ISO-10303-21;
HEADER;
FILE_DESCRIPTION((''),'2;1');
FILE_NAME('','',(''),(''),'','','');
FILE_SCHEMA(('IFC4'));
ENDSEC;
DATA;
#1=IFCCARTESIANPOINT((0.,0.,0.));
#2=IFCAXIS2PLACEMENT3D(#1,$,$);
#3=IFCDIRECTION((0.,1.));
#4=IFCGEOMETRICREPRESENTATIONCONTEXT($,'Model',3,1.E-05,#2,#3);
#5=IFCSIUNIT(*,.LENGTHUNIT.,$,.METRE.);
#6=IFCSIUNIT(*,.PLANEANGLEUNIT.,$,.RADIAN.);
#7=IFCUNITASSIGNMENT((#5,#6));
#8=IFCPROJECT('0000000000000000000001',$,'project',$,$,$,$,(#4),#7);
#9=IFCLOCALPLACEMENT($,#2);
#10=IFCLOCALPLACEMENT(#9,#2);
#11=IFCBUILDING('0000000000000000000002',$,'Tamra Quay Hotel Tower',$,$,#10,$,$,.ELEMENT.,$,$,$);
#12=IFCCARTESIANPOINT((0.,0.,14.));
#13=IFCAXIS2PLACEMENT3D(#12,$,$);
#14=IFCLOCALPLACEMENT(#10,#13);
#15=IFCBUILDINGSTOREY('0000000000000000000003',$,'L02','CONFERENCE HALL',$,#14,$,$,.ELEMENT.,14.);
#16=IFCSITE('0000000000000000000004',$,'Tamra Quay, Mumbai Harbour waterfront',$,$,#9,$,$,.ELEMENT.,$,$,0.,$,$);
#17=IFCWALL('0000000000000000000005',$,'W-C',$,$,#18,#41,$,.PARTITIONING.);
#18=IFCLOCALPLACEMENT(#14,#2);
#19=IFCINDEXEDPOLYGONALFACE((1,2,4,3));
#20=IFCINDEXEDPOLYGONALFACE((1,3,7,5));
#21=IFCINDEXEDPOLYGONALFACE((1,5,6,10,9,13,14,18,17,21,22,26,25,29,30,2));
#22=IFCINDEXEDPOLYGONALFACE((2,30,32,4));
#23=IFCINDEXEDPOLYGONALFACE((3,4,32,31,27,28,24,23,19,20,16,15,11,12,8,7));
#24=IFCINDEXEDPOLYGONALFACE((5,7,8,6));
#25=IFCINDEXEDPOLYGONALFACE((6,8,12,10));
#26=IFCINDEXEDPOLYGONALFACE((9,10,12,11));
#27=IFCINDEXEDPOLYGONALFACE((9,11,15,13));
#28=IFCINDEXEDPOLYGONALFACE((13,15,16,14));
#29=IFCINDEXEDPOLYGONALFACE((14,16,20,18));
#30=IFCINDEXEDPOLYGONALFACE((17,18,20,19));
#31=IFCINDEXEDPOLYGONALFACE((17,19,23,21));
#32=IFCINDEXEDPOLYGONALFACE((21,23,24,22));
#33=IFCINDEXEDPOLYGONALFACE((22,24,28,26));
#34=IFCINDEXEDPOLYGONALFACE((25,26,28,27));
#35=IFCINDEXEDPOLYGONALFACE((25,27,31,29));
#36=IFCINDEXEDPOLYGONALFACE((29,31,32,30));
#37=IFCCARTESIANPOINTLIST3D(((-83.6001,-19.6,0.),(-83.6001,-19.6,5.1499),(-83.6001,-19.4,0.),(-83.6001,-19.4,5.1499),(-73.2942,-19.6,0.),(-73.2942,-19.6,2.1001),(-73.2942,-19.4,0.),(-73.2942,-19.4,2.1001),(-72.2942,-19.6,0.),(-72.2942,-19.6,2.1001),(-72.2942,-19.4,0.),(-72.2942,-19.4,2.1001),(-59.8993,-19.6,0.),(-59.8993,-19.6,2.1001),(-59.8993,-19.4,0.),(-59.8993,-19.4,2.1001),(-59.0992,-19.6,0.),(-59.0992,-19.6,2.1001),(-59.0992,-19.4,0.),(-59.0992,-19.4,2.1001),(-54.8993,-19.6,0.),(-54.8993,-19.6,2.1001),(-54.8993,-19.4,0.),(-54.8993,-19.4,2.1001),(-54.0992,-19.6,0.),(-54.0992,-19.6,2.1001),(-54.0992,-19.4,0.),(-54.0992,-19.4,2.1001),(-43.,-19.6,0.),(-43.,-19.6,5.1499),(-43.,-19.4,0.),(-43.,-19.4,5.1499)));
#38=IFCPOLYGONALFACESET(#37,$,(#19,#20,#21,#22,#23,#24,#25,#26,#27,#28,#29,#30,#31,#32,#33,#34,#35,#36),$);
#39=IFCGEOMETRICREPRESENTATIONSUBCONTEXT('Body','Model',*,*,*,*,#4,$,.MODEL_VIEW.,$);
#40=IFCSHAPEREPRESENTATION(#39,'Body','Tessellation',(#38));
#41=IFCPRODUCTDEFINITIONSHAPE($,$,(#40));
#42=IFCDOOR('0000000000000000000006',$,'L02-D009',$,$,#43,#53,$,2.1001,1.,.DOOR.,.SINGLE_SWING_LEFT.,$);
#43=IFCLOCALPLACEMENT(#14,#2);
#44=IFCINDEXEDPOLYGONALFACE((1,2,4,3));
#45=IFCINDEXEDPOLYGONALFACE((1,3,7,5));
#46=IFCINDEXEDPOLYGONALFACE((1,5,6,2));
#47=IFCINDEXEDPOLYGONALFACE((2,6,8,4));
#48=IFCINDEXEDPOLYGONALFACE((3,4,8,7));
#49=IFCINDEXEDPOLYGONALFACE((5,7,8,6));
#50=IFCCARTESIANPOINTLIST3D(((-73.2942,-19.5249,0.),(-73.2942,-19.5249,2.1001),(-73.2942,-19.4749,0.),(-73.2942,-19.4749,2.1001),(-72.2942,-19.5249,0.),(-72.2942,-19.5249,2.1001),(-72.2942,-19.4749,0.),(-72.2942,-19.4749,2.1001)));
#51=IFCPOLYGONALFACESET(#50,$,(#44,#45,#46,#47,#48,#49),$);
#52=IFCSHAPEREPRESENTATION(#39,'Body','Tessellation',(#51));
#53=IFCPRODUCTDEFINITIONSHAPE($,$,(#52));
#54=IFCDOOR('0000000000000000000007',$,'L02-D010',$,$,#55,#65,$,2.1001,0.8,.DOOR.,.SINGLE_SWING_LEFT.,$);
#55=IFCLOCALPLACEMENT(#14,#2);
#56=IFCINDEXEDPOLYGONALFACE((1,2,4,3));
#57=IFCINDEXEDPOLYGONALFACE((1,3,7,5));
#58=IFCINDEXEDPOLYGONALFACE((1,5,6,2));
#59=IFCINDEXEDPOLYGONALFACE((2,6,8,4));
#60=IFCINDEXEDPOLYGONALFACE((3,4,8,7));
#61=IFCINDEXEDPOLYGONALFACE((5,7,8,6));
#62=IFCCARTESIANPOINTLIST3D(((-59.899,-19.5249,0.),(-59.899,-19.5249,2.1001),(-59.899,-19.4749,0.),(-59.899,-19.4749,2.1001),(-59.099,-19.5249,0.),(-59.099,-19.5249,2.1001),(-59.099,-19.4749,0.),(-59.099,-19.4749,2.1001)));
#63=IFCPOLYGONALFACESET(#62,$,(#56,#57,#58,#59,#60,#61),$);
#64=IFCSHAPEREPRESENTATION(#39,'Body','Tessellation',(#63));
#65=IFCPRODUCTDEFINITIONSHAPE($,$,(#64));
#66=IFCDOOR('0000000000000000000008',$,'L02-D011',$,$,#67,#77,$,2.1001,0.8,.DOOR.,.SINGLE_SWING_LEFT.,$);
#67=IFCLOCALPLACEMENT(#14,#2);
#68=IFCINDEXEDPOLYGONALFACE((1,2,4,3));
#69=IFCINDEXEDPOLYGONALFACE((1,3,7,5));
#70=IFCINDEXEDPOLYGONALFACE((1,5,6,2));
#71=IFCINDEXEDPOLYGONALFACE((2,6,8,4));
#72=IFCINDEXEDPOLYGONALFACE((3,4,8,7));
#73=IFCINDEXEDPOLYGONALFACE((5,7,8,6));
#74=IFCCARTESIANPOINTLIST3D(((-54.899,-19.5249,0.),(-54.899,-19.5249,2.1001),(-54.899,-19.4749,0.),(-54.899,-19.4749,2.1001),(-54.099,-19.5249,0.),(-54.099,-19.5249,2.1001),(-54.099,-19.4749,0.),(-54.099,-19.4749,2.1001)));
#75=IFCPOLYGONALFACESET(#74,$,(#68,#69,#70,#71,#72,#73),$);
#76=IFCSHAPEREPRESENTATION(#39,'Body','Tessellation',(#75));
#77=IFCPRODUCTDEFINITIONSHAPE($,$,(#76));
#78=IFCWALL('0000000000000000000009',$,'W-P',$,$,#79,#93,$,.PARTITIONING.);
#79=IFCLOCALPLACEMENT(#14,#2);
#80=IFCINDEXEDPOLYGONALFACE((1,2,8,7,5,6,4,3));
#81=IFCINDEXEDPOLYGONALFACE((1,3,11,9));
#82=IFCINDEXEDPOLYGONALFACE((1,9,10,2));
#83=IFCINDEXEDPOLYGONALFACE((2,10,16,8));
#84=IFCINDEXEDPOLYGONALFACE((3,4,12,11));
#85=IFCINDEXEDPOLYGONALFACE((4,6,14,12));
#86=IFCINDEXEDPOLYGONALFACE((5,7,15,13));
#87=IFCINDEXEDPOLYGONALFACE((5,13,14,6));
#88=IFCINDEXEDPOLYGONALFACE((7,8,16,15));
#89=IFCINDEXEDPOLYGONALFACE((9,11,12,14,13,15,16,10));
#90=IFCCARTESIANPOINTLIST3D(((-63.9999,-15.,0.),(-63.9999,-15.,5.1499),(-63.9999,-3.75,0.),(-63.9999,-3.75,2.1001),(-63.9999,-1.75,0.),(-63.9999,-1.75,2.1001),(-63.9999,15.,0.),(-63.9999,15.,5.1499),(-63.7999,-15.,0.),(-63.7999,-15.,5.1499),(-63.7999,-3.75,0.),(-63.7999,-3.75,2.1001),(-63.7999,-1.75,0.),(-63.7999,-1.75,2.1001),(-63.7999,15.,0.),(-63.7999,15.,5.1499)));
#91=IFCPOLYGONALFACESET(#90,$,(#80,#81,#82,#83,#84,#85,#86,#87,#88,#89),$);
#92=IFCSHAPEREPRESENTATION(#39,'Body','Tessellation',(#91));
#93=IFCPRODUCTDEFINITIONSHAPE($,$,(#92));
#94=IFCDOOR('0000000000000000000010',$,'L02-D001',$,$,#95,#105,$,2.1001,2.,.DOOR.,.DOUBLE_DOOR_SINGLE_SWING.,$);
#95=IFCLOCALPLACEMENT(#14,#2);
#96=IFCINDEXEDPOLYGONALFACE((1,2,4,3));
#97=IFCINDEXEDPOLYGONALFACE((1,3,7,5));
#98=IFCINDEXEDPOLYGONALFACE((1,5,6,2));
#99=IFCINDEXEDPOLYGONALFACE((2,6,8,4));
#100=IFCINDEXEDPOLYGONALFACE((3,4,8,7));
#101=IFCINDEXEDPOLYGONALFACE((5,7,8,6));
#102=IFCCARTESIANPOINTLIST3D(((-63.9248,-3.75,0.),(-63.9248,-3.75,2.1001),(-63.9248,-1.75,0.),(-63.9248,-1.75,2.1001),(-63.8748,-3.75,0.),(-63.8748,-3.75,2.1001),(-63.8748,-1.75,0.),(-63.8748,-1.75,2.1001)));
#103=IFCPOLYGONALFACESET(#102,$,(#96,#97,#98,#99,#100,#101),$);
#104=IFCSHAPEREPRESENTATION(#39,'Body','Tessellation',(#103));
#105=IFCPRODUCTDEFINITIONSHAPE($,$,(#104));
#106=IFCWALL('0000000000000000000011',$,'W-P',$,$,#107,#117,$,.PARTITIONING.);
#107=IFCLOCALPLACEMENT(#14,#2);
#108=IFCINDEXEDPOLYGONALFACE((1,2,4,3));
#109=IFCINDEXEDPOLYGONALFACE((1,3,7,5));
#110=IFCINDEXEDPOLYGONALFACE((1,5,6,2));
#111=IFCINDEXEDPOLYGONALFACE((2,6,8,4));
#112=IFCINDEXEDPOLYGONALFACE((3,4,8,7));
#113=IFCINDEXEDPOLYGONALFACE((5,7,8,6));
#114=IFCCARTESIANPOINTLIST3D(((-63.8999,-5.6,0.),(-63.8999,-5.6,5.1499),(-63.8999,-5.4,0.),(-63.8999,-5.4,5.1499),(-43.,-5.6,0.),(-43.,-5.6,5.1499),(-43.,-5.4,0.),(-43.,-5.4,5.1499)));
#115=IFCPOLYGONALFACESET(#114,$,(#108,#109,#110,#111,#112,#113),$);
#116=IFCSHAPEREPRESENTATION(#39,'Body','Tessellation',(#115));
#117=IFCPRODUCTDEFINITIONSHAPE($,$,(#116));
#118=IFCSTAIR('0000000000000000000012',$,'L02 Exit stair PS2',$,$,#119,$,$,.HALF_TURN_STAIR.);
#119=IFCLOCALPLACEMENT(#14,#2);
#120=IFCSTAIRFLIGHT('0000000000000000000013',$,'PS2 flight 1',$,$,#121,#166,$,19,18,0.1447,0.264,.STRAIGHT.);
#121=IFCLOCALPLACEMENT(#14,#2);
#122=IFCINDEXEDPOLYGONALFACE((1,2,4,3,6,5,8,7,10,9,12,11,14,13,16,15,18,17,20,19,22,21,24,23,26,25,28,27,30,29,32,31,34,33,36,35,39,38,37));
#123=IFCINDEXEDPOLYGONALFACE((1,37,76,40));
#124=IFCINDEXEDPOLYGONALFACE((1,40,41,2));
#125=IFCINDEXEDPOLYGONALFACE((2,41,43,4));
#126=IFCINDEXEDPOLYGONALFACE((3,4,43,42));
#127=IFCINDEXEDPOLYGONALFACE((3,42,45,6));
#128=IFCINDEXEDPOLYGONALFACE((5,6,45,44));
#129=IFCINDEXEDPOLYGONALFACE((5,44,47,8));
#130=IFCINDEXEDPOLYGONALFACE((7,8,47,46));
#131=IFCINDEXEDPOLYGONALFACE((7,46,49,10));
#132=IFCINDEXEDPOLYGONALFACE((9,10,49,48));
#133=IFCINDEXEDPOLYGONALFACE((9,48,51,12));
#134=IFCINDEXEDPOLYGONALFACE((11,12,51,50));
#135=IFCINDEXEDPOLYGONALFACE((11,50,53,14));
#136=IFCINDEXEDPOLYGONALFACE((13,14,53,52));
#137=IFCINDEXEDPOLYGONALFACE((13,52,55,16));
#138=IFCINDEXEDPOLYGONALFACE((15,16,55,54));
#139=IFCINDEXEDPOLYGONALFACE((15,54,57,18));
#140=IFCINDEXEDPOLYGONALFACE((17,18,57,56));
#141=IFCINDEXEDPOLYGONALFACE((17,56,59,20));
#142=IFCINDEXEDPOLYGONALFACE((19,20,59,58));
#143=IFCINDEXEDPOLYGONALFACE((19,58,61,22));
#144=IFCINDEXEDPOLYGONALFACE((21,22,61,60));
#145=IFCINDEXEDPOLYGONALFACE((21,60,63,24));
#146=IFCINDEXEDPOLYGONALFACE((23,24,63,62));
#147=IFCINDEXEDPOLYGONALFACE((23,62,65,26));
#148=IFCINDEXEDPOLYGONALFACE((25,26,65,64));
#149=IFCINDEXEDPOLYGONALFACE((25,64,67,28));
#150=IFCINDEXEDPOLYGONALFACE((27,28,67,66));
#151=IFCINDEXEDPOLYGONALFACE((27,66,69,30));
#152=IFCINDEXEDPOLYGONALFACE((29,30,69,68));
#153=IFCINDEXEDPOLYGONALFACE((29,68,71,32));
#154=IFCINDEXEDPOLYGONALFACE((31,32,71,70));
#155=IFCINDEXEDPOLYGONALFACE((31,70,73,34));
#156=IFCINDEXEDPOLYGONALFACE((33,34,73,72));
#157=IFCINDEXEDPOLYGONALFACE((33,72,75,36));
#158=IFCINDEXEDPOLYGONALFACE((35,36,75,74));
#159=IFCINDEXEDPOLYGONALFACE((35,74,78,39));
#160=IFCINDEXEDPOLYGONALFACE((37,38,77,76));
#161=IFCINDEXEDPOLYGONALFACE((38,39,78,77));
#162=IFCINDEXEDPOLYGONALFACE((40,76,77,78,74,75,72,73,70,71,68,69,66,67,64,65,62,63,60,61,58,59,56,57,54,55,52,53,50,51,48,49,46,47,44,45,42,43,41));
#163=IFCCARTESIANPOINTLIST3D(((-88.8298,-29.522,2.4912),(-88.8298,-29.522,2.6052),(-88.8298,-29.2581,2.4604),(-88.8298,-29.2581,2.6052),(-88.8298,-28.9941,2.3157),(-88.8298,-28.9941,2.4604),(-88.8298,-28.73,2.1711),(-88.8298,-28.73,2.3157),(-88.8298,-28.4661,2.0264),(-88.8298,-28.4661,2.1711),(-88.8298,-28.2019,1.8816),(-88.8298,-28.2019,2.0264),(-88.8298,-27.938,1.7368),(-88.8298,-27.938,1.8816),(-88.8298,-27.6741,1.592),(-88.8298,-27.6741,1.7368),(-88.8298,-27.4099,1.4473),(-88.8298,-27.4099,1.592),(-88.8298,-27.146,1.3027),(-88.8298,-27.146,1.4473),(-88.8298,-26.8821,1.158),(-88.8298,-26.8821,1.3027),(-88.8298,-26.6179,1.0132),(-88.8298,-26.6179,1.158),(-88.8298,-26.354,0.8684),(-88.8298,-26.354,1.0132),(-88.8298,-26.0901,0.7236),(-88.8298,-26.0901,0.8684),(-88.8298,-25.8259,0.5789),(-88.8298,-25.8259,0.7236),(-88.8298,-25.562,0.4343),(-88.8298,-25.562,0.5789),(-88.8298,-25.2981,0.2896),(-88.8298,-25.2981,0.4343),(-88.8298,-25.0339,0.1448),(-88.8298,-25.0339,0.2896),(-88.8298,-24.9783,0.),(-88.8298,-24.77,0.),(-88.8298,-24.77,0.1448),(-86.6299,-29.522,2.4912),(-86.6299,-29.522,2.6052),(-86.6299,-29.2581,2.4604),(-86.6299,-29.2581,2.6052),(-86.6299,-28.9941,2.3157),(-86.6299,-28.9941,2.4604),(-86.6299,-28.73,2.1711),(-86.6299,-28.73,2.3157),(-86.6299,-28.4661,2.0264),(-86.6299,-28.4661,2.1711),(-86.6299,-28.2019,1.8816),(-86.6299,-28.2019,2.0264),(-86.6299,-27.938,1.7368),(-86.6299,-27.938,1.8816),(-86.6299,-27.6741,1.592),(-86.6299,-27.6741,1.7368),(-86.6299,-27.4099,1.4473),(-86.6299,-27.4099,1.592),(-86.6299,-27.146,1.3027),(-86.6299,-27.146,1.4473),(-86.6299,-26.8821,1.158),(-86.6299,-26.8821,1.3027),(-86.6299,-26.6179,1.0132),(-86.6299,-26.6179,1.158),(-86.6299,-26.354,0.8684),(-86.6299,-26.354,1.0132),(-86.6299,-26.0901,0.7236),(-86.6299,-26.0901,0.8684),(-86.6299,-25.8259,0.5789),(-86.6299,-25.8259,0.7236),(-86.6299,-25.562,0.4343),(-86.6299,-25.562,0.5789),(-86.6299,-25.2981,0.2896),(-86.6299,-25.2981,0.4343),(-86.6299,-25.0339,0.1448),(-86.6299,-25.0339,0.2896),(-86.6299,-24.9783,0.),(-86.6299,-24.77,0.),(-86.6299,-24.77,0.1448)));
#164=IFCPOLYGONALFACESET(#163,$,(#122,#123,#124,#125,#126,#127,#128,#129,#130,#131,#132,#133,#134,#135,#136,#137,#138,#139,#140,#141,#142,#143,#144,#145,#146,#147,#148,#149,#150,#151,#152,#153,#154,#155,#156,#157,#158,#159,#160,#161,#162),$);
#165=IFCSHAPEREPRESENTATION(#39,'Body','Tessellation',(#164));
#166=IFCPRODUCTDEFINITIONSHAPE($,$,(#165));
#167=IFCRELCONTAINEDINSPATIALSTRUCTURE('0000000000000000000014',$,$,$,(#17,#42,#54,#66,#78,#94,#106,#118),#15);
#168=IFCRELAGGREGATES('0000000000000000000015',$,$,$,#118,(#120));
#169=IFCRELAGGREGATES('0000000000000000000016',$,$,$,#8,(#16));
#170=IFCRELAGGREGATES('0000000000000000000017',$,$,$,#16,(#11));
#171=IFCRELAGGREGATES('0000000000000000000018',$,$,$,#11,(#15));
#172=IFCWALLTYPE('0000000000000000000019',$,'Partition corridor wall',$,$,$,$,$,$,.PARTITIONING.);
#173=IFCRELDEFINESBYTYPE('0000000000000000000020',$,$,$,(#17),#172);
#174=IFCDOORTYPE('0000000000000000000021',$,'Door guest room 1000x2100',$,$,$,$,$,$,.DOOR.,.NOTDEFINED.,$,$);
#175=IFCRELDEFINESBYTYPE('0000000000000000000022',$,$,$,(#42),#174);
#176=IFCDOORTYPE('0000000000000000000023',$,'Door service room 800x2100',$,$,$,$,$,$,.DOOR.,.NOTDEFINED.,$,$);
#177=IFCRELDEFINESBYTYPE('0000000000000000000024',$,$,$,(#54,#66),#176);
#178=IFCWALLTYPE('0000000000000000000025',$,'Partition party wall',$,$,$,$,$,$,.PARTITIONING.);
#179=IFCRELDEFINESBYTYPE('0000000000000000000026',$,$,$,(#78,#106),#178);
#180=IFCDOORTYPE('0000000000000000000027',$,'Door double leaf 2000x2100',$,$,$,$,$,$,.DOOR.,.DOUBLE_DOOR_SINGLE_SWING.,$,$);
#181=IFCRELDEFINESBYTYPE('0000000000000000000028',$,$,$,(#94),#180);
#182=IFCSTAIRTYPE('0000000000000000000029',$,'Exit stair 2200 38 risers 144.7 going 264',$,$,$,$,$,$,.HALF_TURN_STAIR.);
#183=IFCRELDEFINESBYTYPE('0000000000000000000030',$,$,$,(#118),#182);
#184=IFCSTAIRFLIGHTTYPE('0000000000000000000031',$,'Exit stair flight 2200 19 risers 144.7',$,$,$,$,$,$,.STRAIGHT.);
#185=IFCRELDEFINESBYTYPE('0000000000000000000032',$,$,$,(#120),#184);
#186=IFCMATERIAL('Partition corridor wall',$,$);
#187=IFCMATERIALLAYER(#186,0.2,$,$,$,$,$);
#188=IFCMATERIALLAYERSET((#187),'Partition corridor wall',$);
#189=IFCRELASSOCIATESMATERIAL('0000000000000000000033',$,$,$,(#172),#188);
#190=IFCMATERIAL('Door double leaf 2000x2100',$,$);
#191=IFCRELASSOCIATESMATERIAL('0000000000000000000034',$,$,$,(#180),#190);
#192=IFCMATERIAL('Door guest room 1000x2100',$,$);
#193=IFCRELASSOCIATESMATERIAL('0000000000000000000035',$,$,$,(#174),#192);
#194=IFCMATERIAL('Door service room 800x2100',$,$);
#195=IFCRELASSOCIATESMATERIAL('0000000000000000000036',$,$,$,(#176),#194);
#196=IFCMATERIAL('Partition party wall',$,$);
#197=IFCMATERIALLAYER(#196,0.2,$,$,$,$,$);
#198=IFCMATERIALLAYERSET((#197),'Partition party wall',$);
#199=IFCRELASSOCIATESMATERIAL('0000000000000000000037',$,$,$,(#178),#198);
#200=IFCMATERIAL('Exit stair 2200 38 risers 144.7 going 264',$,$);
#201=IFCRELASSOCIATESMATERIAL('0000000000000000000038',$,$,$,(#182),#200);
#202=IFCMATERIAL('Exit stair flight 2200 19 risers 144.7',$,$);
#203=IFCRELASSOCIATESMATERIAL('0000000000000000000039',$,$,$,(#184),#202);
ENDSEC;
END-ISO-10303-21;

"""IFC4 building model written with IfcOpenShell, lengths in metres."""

from ifc_helpers import new_model, si_unit, direction, frame, frame_2d, origin, place, context, subcontext, project, spatial, polyline, rectangle, outline, extrude, material, layer, layer_set, type_object, element, fill, aggregate, save


model = new_model("IFC4")

# Units and contexts
model_context = context("Model", 3, precision=1e-05, world=origin(), true_north=direction((0.0, 1.0)))
body_context = subcontext(model_context, "Body", "Model", "MODEL_VIEW")
ifc_project = project(units=[si_unit("LENGTHUNIT", "METRE"), si_unit("PLANEANGLEUNIT", "RADIAN")], contexts=[model_context])

# Site, building, storey
site_placement = place(None, origin())
site = spatial("IfcSite", under=ifc_project, at=site_placement, Name="Tamra Quay, Mumbai Harbour waterfront", CompositionType="ELEMENT", RefElevation=0.0)
building_placement = place(site_placement, origin())
building = spatial("IfcBuilding", under=site, at=building_placement, Name="Tamra Quay Hotel Tower", CompositionType="ELEMENT")
storey_placement = place(building_placement, frame((0.0, 0.0, 14.0)))
storey = spatial("IfcBuildingStorey", under=building, at=storey_placement, Name="L02", Description="CONFERENCE HALL", CompositionType="ELEMENT", Elevation=14.0)

# Shared definitions
ifc_material_1 = material(Name="Partition corridor wall")
ifc_layer_1 = layer(ifc_material_1, 0.2)
ifc_layer_set_1 = layer_set([ifc_layer_1], Name="Partition corridor wall")
wall_type_1 = type_object("IfcWallType", Name="Partition corridor wall", PredefinedType="PARTITIONING", material=ifc_layer_set_1)
ifc_material_2 = material(Name="Door double leaf 2000x2100")
door_type_1 = type_object("IfcDoorType", Name="Door double leaf 2000x2100", OperationType="DOUBLE_DOOR_SINGLE_SWING", PredefinedType="DOOR", material=ifc_material_2)

# Wall, openings, doors
wall_1_placement = place(storey_placement, frame((-83.6001, -19.5, 0.0), z_axis=(0.0, 0.0, 1.0), x_axis=(1.0, 0.0, 0.0)))
wall_1 = element("IfcWall", 1, at=wall_1_placement, inside=storey, type_object=wall_type_1, Name="W-C", PredefinedType="PARTITIONING", context=body_context, shape_type="SweptSolid", body=[
    extrude(rectangle(XDim=40.6001, YDim=0.2, at=frame_2d((20.3, 0.0))), origin(), (0.0, 0.0, 1.0), 5.1499),
])
opening_1_placement = place(wall_1_placement, frame((10.3059, 0.0, 0.0)))
opening_1 = element("IfcOpeningElement", 2, at=opening_1_placement, cuts=wall_1, PredefinedType="OPENING", context=body_context, shape_type="SweptSolid", body=[
    extrude(rectangle(XDim=1.0, YDim=2.1001, at=frame_2d((0.5, 1.05))), frame((0.0, 0.1099, 0.0), z_axis=(0.0, -1.0, 0.0), x_axis=(1.0, 0.0, 0.0)), (0.0, 0.0, 1.0), 0.22),
])
opening_2_placement = place(wall_1_placement, frame((23.7009, 0.0, 0.0)))
opening_2 = element("IfcOpeningElement", 3, at=opening_2_placement, cuts=wall_1, PredefinedType="OPENING", context=body_context, shape_type="SweptSolid", body=[
    extrude(rectangle(XDim=0.8, YDim=2.1001, at=frame_2d((0.3999, 1.05))), frame((0.0, 0.1099, 0.0), z_axis=(0.0, -1.0, 0.0), x_axis=(1.0, 0.0, 0.0)), (0.0, 0.0, 1.0), 0.22),
])
opening_3_placement = place(wall_1_placement, frame((28.7009, 0.0, 0.0)))
opening_3 = element("IfcOpeningElement", 4, at=opening_3_placement, cuts=wall_1, PredefinedType="OPENING", context=body_context, shape_type="SweptSolid", body=[
    extrude(rectangle(XDim=0.8, YDim=2.1001, at=frame_2d((0.3999, 1.05))), frame((0.0, 0.1099, 0.0), z_axis=(0.0, -1.0, 0.0), x_axis=(1.0, 0.0, 0.0)), (0.0, 0.0, 1.0), 0.22),
])
ifc_material_3 = material(Name="Door guest room 1000x2100")
door_type_2 = type_object("IfcDoorType", Name="Door guest room 1000x2100", OperationType="NOTDEFINED", PredefinedType="DOOR", material=ifc_material_3)
door_1_placement = place(opening_1_placement, frame((1.0, 0.0, 0.0), z_axis=(0.0, 0.0, 1.0), x_axis=(-1.0, 0.0, 0.0)))
door_1 = element("IfcDoor", 5, at=door_1_placement, inside=storey, type_object=door_type_2, Name="L02-D009", OperationType="SINGLE_SWING_LEFT", OverallHeight=2.1001, OverallWidth=1.0, PredefinedType="DOOR", context=body_context, shape_type="SweptSolid", body=[
    extrude(rectangle(XDim=1.0, YDim=2.1001, at=frame_2d((0.5, 1.05))), frame((0.0, 0.0249, 0.0), z_axis=(0.0, -1.0, 0.0), x_axis=(1.0, 0.0, 0.0)), (0.0, 0.0, 1.0), 0.05),
])
fill(opening_1, door_1)
ifc_material_4 = material(Name="Door service room 800x2100")
door_type_3 = type_object("IfcDoorType", Name="Door service room 800x2100", OperationType="NOTDEFINED", PredefinedType="DOOR", material=ifc_material_4)
door_2_placement = place(opening_2_placement, frame((0.8, 0.0, 0.0), z_axis=(0.0, 0.0, 1.0), x_axis=(-1.0, 0.0, 0.0)))
door_2 = element("IfcDoor", 6, at=door_2_placement, inside=storey, type_object=door_type_3, Name="L02-D010", OperationType="SINGLE_SWING_LEFT", OverallHeight=2.1001, OverallWidth=0.8, PredefinedType="DOOR", context=body_context, shape_type="SweptSolid", body=[
    extrude(rectangle(XDim=0.8, YDim=2.1001, at=frame_2d((0.3999, 1.05))), frame((0.0, 0.0249, 0.0), z_axis=(0.0, -1.0, 0.0), x_axis=(1.0, 0.0, 0.0)), (0.0, 0.0, 1.0), 0.05),
])
fill(opening_2, door_2)
door_3_placement = place(opening_3_placement, frame((0.8, 0.0, 0.0), z_axis=(0.0, 0.0, 1.0), x_axis=(-1.0, 0.0, 0.0)))
door_3 = element("IfcDoor", 7, at=door_3_placement, inside=storey, type_object=door_type_3, Name="L02-D011", OperationType="SINGLE_SWING_LEFT", OverallHeight=2.1001, OverallWidth=0.8, PredefinedType="DOOR", context=body_context, shape_type="SweptSolid", body=[
    extrude(rectangle(XDim=0.8, YDim=2.1001, at=frame_2d((0.3999, 1.05))), frame((0.0, 0.0249, 0.0), z_axis=(0.0, -1.0, 0.0), x_axis=(1.0, 0.0, 0.0)), (0.0, 0.0, 1.0), 0.05),
])
fill(opening_3, door_3)

# Wall, opening, door
ifc_material_5 = material(Name="Partition party wall")
ifc_layer_2 = layer(ifc_material_5, 0.2)
ifc_layer_set_2 = layer_set([ifc_layer_2], Name="Partition party wall")
wall_type_2 = type_object("IfcWallType", Name="Partition party wall", PredefinedType="PARTITIONING", material=ifc_layer_set_2)
wall_2_placement = place(storey_placement, frame((-63.8999, -15.0, 0.0), z_axis=(0.0, 0.0, 1.0), x_axis=(0.0, 1.0, 0.0)))
wall_2 = element("IfcWall", 8, at=wall_2_placement, inside=storey, type_object=wall_type_2, Name="W-P", PredefinedType="PARTITIONING", context=body_context, shape_type="SweptSolid", body=[
    extrude(rectangle(XDim=30.0, YDim=0.2, at=frame_2d((15.0, 0.0))), origin(), (0.0, 0.0, 1.0), 5.1499),
])
opening_4_placement = place(wall_2_placement, frame((11.25, 0.0, 0.0)))
opening_4 = element("IfcOpeningElement", 9, at=opening_4_placement, cuts=wall_2, PredefinedType="OPENING", context=body_context, shape_type="SweptSolid", body=[
    extrude(rectangle(XDim=2.0, YDim=2.1001, at=frame_2d((1.0, 1.05))), frame((0.0, 0.1099, 0.0), z_axis=(0.0, -1.0, 0.0), x_axis=(1.0, 0.0, 0.0)), (0.0, 0.0, 1.0), 0.22),
])
door_4_placement = place(opening_4_placement, origin())
door_4 = element("IfcDoor", 10, at=door_4_placement, inside=storey, type_object=door_type_1, Name="L02-D001", OperationType="DOUBLE_DOOR_SINGLE_SWING", OverallHeight=2.1001, OverallWidth=2.0, PredefinedType="DOOR", context=body_context, shape_type="SweptSolid", body=[
    extrude(rectangle(XDim=2.0, YDim=2.1001, at=frame_2d((1.0, 1.05))), frame((0.0, 0.0249, 0.0), z_axis=(0.0, -1.0, 0.0), x_axis=(1.0, 0.0, 0.0)), (0.0, 0.0, 1.0), 0.05),
])
fill(opening_4, door_4)

# Wall
wall_3_placement = place(storey_placement, frame((-63.8999, -5.5, 0.0), z_axis=(0.0, 0.0, 1.0), x_axis=(1.0, 0.0, 0.0)))
element("IfcWall", 11, at=wall_3_placement, inside=storey, type_object=wall_type_2, Name="W-P", PredefinedType="PARTITIONING", context=body_context, shape_type="SweptSolid", body=[
    extrude(rectangle(XDim=20.8999, YDim=0.2, at=frame_2d((10.45, 0.0))), origin(), (0.0, 0.0, 1.0), 5.1499),
])

# Stair, stair flight
ifc_material_6 = material(Name="Exit stair 2200 38 risers 144.7 going 264")
stair_type = type_object("IfcStairType", Name="Exit stair 2200 38 risers 144.7 going 264", PredefinedType="HALF_TURN_STAIR", material=ifc_material_6)
stair_placement = place(storey_placement, origin())
stair = element("IfcStair", 12, at=stair_placement, inside=storey, type_object=stair_type, Name="L02 Exit stair PS2", PredefinedType="HALF_TURN_STAIR")
ifc_material_7 = material(Name="Exit stair flight 2200 19 risers 144.7")
stair_flight_type = type_object("IfcStairFlightType", Name="Exit stair flight 2200 19 risers 144.7", PredefinedType="STRAIGHT", material=ifc_material_7)
stair_flight_placement = place(storey_placement, frame((-87.73, -24.77, 0.0), z_axis=(0.0, 0.0, 1.0), x_axis=(0.0, -1.0, 0.0)))
stair_flight = element("IfcStairFlight", 13, at=stair_flight_placement, type_object=stair_flight_type, Name="PS2 flight 1", NumberOfRisers=19, NumberOfTreads=18, PredefinedType="STRAIGHT", RiserHeight=0.1447, TreadLength=0.264, context=body_context, shape_type="SweptSolid", body=[
    extrude(outline(polyline([(0.0, 0.0), (0.0, 0.1448), (0.2639, 0.1448), (0.2639, 0.2896), (0.5281, 0.2896), (0.5281, 0.4343), (0.792, 0.4343), (0.792, 0.5789), (1.0559, 0.5789), (1.0559, 0.7236), (1.3201, 0.7236), (1.3201, 0.8684), (1.584, 0.8684), (1.584, 1.0132), (1.8479, 1.0132), (1.8479, 1.158), (2.1121, 1.158), (2.1121, 1.3027), (2.376, 1.3027), (2.376, 1.4473), (2.6399, 1.4473), (2.6399, 1.592), (2.9041, 1.592), (2.9041, 1.7368), (3.168, 1.7368), (3.168, 1.8816), (3.4319, 1.8816), (3.4319, 2.0264), (3.696, 2.0264), (3.696, 2.1711), (3.96, 2.1711), (3.96, 2.3157), (4.2241, 2.3157), (4.2241, 2.4604), (4.488, 2.4604), (4.488, 2.6052), (4.752, 2.6052), (4.752, 2.75), (4.752, 2.4912), (0.2083, 0.0), (0.0, 0.0)])), frame((0.0, 1.1001, 0.0), z_axis=(0.0, -1.0, 0.0), x_axis=(1.0, 0.0, 0.0)), (0.0, 0.0, 1.0), 2.2),
])
aggregate(stair, [stair_flight])

save(model, "model.ifc")
